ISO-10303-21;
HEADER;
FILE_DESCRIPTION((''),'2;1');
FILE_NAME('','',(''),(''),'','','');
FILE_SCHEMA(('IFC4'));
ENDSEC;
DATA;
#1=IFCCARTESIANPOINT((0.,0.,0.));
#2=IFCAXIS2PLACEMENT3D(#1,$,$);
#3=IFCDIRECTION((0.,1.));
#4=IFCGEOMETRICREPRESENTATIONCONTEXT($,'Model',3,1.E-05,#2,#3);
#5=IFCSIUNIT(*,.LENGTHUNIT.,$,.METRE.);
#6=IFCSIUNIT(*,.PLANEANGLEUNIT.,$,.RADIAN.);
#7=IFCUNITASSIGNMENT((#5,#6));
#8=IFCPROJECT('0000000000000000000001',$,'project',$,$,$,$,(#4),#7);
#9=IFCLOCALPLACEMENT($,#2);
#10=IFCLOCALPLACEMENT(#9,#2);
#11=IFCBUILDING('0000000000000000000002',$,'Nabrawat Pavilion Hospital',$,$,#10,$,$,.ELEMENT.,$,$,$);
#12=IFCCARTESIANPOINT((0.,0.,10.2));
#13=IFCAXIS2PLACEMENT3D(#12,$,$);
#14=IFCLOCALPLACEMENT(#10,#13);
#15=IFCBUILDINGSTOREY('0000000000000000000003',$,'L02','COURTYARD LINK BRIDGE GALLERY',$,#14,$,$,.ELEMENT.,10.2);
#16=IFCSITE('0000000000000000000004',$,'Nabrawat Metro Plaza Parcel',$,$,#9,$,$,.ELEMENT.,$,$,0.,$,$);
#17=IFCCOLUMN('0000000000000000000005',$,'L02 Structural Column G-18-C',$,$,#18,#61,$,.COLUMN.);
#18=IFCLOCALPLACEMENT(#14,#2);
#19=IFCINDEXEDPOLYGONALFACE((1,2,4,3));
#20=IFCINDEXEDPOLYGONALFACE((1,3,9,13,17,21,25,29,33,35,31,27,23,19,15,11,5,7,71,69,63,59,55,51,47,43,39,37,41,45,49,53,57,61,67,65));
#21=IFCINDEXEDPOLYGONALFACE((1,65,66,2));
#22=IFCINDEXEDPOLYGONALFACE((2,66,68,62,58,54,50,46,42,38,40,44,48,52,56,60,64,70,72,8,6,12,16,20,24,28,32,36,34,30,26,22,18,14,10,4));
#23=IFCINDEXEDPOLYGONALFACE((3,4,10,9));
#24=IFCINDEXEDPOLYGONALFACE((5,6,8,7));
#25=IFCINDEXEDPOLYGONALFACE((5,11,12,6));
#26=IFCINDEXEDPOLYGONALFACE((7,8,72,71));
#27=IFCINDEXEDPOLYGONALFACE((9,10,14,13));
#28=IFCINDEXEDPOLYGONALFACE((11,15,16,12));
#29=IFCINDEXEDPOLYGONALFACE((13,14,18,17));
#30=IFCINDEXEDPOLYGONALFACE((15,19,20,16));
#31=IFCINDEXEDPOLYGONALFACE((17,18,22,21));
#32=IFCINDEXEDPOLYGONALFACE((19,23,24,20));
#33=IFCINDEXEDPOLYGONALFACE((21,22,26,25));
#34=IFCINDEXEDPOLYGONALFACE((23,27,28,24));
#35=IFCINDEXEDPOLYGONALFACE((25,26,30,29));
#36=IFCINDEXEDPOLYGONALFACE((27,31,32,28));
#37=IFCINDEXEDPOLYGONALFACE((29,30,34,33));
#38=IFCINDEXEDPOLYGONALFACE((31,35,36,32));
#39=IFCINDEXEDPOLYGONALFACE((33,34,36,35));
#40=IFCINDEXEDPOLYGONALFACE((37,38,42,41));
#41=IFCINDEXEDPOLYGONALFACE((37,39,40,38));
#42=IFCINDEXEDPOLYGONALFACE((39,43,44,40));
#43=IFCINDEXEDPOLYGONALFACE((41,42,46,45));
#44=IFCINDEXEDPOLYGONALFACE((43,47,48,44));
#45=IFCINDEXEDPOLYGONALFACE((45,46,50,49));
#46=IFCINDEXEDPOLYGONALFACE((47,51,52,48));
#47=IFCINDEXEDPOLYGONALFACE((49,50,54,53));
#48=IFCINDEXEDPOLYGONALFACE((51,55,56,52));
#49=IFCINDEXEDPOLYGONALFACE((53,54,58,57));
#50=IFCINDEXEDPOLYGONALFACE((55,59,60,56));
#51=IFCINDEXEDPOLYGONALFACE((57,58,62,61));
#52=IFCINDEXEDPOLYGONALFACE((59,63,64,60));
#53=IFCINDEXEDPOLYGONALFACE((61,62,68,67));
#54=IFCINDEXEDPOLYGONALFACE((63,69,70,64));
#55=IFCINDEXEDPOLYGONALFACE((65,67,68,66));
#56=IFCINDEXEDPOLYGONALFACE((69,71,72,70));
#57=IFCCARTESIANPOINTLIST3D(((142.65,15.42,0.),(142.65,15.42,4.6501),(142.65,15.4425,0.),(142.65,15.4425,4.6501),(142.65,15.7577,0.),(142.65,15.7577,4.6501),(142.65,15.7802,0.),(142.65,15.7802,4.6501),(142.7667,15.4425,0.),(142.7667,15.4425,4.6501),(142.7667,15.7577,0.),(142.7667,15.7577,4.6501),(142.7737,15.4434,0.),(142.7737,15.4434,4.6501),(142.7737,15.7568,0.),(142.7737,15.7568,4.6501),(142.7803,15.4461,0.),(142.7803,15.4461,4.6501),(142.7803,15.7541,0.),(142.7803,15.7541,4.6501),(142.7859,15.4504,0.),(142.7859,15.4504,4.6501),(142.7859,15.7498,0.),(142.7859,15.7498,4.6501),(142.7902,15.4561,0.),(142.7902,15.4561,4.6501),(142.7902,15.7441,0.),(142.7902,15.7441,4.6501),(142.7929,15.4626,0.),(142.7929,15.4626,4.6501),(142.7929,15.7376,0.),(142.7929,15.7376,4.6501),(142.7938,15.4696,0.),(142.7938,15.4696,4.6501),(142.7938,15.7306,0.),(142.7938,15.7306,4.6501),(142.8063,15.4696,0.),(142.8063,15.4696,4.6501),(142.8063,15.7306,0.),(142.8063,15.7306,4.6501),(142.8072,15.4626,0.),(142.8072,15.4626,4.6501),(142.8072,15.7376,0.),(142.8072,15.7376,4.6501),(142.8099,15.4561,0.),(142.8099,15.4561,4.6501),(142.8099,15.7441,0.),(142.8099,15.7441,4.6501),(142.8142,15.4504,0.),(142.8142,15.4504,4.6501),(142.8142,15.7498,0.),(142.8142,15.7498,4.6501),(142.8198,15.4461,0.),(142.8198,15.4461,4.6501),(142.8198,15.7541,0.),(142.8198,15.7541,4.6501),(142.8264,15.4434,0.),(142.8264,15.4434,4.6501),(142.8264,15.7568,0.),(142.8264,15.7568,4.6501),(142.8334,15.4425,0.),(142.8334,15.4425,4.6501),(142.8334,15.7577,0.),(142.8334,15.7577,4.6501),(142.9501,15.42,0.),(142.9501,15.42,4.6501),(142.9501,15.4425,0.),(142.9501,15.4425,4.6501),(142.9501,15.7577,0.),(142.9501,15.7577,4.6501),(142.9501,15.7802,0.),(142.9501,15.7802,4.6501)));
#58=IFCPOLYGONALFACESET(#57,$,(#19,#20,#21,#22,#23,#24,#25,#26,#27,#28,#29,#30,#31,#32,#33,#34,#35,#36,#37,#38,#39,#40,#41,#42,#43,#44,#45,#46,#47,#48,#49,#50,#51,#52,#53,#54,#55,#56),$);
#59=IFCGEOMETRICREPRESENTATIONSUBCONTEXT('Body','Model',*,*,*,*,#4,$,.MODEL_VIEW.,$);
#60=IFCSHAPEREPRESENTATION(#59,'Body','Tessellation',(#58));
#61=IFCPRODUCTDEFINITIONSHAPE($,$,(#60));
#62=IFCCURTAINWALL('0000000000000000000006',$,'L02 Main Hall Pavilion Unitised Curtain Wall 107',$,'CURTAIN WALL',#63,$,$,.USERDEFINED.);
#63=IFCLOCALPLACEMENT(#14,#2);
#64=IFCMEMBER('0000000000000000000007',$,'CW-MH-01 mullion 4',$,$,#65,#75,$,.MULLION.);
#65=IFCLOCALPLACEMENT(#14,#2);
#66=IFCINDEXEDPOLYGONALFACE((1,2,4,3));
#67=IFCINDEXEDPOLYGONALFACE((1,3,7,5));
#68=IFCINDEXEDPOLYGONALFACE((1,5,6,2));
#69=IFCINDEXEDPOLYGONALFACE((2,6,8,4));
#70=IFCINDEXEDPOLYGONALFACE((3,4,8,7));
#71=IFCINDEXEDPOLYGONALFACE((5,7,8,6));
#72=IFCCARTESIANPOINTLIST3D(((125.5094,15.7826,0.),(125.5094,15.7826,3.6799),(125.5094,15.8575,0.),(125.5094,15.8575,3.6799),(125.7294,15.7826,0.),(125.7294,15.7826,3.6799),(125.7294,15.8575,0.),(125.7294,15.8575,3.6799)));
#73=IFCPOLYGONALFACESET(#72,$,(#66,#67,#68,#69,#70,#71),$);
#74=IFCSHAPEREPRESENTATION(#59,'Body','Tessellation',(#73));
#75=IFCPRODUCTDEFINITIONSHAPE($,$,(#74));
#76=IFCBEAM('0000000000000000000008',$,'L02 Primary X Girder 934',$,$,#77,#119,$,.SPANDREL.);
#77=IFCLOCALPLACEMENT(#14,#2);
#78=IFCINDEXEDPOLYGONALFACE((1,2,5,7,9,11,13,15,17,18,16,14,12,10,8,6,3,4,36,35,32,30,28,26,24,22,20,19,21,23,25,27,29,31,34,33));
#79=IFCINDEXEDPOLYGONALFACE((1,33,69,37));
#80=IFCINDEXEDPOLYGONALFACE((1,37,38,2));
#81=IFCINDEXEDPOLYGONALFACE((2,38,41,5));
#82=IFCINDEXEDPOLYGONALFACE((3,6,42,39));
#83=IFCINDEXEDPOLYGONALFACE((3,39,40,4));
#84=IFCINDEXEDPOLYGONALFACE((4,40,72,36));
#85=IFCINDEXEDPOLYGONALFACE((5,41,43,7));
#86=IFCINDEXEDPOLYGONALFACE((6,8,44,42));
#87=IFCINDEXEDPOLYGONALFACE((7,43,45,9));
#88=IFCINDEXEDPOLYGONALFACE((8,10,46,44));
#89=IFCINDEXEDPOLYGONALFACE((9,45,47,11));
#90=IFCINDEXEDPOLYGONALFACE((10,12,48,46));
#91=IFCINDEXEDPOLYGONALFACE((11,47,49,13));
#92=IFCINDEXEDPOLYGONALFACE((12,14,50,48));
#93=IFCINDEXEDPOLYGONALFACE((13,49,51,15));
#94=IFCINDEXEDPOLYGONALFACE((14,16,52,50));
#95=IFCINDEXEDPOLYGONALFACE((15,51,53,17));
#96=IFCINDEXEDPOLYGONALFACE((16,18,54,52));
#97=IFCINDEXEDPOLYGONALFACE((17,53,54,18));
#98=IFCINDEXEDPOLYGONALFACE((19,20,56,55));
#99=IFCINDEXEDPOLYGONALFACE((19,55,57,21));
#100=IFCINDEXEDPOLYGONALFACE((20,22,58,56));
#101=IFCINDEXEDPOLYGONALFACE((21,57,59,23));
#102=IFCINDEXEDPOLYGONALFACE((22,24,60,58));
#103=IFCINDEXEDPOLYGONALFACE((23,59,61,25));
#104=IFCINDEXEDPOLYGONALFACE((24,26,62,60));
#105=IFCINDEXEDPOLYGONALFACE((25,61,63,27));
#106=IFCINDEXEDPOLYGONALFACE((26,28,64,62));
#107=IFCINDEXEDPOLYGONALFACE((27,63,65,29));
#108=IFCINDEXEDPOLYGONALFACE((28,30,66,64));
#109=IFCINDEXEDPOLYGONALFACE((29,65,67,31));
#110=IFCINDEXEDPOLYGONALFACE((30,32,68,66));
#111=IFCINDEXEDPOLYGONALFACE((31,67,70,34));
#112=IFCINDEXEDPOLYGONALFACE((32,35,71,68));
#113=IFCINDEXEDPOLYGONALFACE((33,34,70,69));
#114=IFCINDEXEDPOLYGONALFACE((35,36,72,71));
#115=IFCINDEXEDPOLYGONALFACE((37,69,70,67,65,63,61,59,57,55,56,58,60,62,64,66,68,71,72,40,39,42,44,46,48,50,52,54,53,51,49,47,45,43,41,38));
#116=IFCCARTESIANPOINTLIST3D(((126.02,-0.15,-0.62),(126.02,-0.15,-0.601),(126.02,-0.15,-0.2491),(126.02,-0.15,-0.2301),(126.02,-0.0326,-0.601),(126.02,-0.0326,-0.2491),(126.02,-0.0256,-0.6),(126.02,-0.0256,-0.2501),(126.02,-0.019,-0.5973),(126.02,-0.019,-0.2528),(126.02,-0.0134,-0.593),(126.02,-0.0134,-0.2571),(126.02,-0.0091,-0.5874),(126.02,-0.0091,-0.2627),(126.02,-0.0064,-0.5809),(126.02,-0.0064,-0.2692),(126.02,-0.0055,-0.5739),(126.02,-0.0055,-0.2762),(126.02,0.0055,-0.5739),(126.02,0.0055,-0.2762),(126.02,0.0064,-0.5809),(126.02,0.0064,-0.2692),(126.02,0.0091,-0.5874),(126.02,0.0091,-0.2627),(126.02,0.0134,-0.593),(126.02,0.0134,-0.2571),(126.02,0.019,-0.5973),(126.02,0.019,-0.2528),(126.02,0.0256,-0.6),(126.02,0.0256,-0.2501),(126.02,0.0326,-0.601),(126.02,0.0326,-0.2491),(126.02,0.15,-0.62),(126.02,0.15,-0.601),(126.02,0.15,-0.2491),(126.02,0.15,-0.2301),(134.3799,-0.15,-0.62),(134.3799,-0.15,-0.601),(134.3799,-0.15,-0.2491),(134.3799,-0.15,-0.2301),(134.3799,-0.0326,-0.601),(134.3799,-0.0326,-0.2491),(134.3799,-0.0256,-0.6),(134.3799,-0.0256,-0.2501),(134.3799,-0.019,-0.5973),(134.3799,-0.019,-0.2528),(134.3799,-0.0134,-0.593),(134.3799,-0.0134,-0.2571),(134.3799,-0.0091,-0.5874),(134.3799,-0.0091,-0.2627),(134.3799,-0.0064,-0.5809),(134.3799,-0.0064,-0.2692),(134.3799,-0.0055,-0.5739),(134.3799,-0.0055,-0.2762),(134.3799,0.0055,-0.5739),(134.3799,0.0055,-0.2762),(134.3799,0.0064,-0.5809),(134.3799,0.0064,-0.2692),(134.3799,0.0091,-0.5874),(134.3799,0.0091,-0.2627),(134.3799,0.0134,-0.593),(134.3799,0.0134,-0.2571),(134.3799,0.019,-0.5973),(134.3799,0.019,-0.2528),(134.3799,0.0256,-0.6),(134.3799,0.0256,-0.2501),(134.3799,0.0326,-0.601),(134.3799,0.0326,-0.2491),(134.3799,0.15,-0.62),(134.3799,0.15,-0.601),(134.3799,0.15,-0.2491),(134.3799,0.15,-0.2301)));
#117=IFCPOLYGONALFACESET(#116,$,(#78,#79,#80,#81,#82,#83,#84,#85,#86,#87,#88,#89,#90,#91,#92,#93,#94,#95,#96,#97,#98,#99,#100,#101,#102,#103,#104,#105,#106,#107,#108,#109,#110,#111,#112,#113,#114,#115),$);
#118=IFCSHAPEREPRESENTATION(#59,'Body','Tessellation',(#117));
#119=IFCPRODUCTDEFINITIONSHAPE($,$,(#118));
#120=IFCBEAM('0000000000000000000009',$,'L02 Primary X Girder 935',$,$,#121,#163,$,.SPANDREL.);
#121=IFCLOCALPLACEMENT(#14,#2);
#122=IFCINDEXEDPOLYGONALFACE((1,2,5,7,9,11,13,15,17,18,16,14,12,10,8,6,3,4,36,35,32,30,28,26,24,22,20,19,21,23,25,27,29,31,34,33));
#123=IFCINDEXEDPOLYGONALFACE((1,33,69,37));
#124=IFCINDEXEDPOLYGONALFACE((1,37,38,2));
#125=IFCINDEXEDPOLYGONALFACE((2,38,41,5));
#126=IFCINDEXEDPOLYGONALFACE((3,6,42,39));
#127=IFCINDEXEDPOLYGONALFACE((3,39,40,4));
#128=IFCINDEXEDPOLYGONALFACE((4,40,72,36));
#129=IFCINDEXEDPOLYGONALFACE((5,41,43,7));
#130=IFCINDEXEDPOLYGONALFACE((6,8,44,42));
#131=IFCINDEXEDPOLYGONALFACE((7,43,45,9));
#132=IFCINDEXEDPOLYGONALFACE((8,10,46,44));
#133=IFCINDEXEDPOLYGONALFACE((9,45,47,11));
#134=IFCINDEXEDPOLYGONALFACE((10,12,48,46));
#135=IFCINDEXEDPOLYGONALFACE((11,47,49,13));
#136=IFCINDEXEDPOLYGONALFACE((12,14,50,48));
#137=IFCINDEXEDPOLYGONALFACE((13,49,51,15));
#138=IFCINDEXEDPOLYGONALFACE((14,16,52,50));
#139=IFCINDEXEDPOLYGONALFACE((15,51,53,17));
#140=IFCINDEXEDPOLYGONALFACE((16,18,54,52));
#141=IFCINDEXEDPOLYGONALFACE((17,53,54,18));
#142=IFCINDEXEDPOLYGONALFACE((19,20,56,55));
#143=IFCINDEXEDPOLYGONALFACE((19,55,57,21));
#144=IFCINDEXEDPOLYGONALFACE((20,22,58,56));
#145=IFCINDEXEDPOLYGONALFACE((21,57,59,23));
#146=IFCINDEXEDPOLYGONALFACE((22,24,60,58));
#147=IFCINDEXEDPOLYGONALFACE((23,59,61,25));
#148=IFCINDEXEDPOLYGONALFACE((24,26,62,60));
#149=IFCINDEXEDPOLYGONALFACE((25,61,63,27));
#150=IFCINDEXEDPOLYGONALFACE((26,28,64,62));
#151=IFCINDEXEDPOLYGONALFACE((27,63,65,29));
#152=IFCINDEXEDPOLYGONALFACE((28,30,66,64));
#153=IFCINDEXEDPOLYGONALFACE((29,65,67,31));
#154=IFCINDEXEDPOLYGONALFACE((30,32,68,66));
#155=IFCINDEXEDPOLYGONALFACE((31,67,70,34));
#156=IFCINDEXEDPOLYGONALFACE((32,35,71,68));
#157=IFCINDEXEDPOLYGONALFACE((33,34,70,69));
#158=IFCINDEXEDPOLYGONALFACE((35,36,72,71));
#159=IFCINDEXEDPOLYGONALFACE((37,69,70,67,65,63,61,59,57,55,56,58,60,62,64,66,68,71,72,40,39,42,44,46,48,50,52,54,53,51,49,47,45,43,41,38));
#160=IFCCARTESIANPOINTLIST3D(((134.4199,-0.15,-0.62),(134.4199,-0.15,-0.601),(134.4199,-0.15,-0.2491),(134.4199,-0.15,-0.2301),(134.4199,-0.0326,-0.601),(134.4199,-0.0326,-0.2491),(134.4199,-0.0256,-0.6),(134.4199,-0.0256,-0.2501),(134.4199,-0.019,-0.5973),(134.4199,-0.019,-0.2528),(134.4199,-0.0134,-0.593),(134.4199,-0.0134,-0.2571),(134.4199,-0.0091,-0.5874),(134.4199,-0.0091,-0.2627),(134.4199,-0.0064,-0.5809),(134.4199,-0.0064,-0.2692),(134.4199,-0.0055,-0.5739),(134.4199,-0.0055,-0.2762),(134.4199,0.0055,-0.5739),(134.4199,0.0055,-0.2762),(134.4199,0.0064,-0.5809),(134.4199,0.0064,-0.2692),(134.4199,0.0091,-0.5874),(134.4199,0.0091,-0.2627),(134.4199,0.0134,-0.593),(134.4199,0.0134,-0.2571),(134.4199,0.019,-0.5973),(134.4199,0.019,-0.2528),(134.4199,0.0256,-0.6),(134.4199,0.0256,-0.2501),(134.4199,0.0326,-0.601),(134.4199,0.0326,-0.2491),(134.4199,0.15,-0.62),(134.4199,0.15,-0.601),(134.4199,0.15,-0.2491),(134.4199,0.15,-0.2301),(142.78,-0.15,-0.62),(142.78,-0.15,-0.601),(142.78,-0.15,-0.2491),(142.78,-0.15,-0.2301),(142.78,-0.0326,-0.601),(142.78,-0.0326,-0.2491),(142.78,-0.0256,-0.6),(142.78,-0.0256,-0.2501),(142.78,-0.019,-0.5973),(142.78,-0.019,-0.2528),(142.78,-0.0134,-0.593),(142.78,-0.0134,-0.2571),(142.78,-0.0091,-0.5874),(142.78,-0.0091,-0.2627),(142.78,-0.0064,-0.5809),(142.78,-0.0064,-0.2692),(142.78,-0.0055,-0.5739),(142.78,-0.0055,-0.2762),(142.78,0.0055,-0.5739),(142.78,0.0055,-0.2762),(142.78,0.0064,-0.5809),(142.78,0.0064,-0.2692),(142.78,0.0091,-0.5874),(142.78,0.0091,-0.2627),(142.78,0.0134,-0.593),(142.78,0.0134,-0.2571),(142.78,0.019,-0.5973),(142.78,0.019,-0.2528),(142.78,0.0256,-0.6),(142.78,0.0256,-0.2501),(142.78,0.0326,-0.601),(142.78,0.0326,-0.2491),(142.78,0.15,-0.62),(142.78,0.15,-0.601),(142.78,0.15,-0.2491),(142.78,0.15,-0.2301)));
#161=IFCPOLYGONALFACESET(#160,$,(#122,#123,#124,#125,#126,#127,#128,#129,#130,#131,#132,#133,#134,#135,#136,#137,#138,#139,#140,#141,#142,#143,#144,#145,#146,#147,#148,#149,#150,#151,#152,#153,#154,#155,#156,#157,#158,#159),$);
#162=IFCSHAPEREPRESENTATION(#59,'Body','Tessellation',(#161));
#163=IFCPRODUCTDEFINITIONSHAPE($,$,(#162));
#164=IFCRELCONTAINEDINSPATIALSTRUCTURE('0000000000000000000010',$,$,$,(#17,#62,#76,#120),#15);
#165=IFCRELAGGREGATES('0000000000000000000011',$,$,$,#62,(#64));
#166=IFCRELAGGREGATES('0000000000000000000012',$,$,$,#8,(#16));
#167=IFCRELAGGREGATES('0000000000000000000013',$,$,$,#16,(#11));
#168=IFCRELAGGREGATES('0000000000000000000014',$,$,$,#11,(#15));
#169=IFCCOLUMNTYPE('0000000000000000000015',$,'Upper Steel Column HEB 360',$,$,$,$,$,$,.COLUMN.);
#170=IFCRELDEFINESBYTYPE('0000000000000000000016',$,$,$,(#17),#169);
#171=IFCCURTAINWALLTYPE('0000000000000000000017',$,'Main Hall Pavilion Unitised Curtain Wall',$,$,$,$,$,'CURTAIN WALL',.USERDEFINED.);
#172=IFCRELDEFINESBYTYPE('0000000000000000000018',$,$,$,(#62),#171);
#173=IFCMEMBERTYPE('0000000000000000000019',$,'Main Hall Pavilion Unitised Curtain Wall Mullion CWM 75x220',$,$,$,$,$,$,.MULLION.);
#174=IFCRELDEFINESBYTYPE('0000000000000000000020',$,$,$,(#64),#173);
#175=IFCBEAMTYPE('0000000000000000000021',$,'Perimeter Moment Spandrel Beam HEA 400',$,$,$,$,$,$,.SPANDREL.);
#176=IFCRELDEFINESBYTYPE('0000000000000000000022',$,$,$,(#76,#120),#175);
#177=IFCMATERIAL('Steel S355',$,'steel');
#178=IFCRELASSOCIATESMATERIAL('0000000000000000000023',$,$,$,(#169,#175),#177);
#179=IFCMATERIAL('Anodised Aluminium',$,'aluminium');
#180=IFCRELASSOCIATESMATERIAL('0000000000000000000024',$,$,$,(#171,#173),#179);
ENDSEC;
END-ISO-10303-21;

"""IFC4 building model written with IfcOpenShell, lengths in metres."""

from ifc_helpers import new_model, si_unit, direction, frame, origin, origin_2d, place, context, subcontext, project, spatial, rectangle, i_section, extrude, material, material_profile, profile_set, type_object, element, aggregate, save


model = new_model("IFC4")

# Units and contexts
model_context = context("Model", 3, precision=1e-05, world=origin(), true_north=direction((0.0, 1.0)))
body_context = subcontext(model_context, "Body", "Model", "MODEL_VIEW")
ifc_project = project(units=[si_unit("LENGTHUNIT", "METRE"), si_unit("PLANEANGLEUNIT", "RADIAN")], contexts=[model_context])

# Site, building, storey
site_placement = place(None, origin())
site = spatial("IfcSite", under=ifc_project, at=site_placement, Name="Nabrawat Metro Plaza Parcel", CompositionType="ELEMENT", RefElevation=0.0)
building_placement = place(site_placement, origin())
building = spatial("IfcBuilding", under=site, at=building_placement, Name="Nabrawat Pavilion Hospital", CompositionType="ELEMENT")
storey_placement = place(building_placement, frame((0.0, 0.0, 10.2)))
storey = spatial("IfcBuildingStorey", under=building, at=storey_placement, Name="L02", Description="COURTYARD LINK BRIDGE GALLERY", CompositionType="ELEMENT", Elevation=10.2)

# Column
ifc_material_1 = material(Name="Steel S355", Category="steel")
ifc_material_profile_1 = material_profile(ifc_material_1, i_section(OverallWidth=0.3, OverallDepth=0.3601, WebThickness=0.0125, FlangeThickness=0.0225, FilletRadius=0.0271, at=origin_2d()), Name="HEB 360")
ifc_profile_set_1 = profile_set([ifc_material_profile_1], Name="Steel S355")
column_type_1 = type_object("IfcColumnType", Name="Upper Steel Column HEB 360", PredefinedType="COLUMN", material=ifc_profile_set_1)
for number, where, z_axis, x_axis, name in (
    (1, (142.8, 15.6001, 0.0), (0.0, 0.0, 1.0), (1.0, 0.0, 0.0), "L02 Structural Column G-18-C"),
):
    element("IfcColumn", number, at=place(storey_placement, frame(where, z_axis=z_axis, x_axis=x_axis)), inside=storey, type_object=column_type_1, Name=name, PredefinedType="COLUMN", context=body_context, shape_type="SweptSolid", body=[
        extrude(i_section(OverallWidth=0.3, OverallDepth=0.3601, WebThickness=0.0125, FlangeThickness=0.0225, FilletRadius=0.0271, at=origin_2d()), origin(), (0.0, 0.0, 1.0), 4.6501),
    ])

# Curtain wall, member
ifc_material_2 = material(Name="Anodised Aluminium", Category="aluminium")
curtain_wall_type = type_object("IfcCurtainWallType", Name="Main Hall Pavilion Unitised Curtain Wall", ElementType="CURTAIN WALL", PredefinedType="USERDEFINED", material=ifc_material_2)
curtain_wall_placement = place(storey_placement, origin())
curtain_wall = element("IfcCurtainWall", 2, at=curtain_wall_placement, inside=storey, type_object=curtain_wall_type, Name="L02 Main Hall Pavilion Unitised Curtain Wall 107", ObjectType="CURTAIN WALL", PredefinedType="USERDEFINED")
ifc_material_profile_2 = material_profile(ifc_material_2, rectangle(XDim=0.075, YDim=0.22, at=origin_2d()), Name="CWM 75x220")
ifc_profile_set_2 = profile_set([ifc_material_profile_2], Name="Anodised Aluminium")
member_type = type_object("IfcMemberType", Name="Main Hall Pavilion Unitised Curtain Wall Mullion CWM 75x220", PredefinedType="MULLION", material=ifc_profile_set_2)
member_placement = place(storey_placement, frame((125.6194, 15.8201, 0.0), z_axis=(0.0, 0.0, 1.0), x_axis=(0.0, 1.0, 0.0)))
member = element("IfcMember", 3, at=member_placement, type_object=member_type, Name="CW-MH-01 mullion 4", PredefinedType="MULLION", context=body_context, shape_type="SweptSolid", body=[
    extrude(rectangle(XDim=0.075, YDim=0.22, at=origin_2d()), origin(), (0.0, 0.0, 1.0), 3.6799),
])
aggregate(curtain_wall, [member])

# Beams
ifc_material_profile_3 = material_profile(ifc_material_1, i_section(OverallWidth=0.3, OverallDepth=0.3899, WebThickness=0.011, FlangeThickness=0.019, FilletRadius=0.0271, at=origin_2d()), Name="HEA 400")
ifc_profile_set_3 = profile_set([ifc_material_profile_3], Name="Steel S355")
beam_type_1 = type_object("IfcBeamType", Name="Perimeter Moment Spandrel Beam HEA 400", PredefinedType="SPANDREL", material=ifc_profile_set_3)
beam_1_placement = place(storey_placement, frame((126.02, 0.0, -0.425), z_axis=(1.0, 0.0, 0.0), x_axis=(0.0, 1.0, 0.0)))
element("IfcBeam", 4, at=beam_1_placement, inside=storey, type_object=beam_type_1, Name="L02 Primary X Girder 934", PredefinedType="SPANDREL", context=body_context, shape_type="SweptSolid", body=[
    extrude(i_section(OverallWidth=0.3, OverallDepth=0.3899, WebThickness=0.011, FlangeThickness=0.019, FilletRadius=0.0271, at=origin_2d()), origin(), (0.0, 0.0, 1.0), 8.3599),
])
beam_2_placement = place(storey_placement, frame((134.4199, 0.0, -0.425), z_axis=(1.0, 0.0, 0.0), x_axis=(0.0, 1.0, 0.0)))
element("IfcBeam", 5, at=beam_2_placement, inside=storey, type_object=beam_type_1, Name="L02 Primary X Girder 935", PredefinedType="SPANDREL", context=body_context, shape_type="SweptSolid", body=[
    extrude(i_section(OverallWidth=0.3, OverallDepth=0.3899, WebThickness=0.011, FlangeThickness=0.019, FilletRadius=0.0271, at=origin_2d()), origin(), (0.0, 0.0, 1.0), 8.3601),
])

save(model, "model.ifc")
